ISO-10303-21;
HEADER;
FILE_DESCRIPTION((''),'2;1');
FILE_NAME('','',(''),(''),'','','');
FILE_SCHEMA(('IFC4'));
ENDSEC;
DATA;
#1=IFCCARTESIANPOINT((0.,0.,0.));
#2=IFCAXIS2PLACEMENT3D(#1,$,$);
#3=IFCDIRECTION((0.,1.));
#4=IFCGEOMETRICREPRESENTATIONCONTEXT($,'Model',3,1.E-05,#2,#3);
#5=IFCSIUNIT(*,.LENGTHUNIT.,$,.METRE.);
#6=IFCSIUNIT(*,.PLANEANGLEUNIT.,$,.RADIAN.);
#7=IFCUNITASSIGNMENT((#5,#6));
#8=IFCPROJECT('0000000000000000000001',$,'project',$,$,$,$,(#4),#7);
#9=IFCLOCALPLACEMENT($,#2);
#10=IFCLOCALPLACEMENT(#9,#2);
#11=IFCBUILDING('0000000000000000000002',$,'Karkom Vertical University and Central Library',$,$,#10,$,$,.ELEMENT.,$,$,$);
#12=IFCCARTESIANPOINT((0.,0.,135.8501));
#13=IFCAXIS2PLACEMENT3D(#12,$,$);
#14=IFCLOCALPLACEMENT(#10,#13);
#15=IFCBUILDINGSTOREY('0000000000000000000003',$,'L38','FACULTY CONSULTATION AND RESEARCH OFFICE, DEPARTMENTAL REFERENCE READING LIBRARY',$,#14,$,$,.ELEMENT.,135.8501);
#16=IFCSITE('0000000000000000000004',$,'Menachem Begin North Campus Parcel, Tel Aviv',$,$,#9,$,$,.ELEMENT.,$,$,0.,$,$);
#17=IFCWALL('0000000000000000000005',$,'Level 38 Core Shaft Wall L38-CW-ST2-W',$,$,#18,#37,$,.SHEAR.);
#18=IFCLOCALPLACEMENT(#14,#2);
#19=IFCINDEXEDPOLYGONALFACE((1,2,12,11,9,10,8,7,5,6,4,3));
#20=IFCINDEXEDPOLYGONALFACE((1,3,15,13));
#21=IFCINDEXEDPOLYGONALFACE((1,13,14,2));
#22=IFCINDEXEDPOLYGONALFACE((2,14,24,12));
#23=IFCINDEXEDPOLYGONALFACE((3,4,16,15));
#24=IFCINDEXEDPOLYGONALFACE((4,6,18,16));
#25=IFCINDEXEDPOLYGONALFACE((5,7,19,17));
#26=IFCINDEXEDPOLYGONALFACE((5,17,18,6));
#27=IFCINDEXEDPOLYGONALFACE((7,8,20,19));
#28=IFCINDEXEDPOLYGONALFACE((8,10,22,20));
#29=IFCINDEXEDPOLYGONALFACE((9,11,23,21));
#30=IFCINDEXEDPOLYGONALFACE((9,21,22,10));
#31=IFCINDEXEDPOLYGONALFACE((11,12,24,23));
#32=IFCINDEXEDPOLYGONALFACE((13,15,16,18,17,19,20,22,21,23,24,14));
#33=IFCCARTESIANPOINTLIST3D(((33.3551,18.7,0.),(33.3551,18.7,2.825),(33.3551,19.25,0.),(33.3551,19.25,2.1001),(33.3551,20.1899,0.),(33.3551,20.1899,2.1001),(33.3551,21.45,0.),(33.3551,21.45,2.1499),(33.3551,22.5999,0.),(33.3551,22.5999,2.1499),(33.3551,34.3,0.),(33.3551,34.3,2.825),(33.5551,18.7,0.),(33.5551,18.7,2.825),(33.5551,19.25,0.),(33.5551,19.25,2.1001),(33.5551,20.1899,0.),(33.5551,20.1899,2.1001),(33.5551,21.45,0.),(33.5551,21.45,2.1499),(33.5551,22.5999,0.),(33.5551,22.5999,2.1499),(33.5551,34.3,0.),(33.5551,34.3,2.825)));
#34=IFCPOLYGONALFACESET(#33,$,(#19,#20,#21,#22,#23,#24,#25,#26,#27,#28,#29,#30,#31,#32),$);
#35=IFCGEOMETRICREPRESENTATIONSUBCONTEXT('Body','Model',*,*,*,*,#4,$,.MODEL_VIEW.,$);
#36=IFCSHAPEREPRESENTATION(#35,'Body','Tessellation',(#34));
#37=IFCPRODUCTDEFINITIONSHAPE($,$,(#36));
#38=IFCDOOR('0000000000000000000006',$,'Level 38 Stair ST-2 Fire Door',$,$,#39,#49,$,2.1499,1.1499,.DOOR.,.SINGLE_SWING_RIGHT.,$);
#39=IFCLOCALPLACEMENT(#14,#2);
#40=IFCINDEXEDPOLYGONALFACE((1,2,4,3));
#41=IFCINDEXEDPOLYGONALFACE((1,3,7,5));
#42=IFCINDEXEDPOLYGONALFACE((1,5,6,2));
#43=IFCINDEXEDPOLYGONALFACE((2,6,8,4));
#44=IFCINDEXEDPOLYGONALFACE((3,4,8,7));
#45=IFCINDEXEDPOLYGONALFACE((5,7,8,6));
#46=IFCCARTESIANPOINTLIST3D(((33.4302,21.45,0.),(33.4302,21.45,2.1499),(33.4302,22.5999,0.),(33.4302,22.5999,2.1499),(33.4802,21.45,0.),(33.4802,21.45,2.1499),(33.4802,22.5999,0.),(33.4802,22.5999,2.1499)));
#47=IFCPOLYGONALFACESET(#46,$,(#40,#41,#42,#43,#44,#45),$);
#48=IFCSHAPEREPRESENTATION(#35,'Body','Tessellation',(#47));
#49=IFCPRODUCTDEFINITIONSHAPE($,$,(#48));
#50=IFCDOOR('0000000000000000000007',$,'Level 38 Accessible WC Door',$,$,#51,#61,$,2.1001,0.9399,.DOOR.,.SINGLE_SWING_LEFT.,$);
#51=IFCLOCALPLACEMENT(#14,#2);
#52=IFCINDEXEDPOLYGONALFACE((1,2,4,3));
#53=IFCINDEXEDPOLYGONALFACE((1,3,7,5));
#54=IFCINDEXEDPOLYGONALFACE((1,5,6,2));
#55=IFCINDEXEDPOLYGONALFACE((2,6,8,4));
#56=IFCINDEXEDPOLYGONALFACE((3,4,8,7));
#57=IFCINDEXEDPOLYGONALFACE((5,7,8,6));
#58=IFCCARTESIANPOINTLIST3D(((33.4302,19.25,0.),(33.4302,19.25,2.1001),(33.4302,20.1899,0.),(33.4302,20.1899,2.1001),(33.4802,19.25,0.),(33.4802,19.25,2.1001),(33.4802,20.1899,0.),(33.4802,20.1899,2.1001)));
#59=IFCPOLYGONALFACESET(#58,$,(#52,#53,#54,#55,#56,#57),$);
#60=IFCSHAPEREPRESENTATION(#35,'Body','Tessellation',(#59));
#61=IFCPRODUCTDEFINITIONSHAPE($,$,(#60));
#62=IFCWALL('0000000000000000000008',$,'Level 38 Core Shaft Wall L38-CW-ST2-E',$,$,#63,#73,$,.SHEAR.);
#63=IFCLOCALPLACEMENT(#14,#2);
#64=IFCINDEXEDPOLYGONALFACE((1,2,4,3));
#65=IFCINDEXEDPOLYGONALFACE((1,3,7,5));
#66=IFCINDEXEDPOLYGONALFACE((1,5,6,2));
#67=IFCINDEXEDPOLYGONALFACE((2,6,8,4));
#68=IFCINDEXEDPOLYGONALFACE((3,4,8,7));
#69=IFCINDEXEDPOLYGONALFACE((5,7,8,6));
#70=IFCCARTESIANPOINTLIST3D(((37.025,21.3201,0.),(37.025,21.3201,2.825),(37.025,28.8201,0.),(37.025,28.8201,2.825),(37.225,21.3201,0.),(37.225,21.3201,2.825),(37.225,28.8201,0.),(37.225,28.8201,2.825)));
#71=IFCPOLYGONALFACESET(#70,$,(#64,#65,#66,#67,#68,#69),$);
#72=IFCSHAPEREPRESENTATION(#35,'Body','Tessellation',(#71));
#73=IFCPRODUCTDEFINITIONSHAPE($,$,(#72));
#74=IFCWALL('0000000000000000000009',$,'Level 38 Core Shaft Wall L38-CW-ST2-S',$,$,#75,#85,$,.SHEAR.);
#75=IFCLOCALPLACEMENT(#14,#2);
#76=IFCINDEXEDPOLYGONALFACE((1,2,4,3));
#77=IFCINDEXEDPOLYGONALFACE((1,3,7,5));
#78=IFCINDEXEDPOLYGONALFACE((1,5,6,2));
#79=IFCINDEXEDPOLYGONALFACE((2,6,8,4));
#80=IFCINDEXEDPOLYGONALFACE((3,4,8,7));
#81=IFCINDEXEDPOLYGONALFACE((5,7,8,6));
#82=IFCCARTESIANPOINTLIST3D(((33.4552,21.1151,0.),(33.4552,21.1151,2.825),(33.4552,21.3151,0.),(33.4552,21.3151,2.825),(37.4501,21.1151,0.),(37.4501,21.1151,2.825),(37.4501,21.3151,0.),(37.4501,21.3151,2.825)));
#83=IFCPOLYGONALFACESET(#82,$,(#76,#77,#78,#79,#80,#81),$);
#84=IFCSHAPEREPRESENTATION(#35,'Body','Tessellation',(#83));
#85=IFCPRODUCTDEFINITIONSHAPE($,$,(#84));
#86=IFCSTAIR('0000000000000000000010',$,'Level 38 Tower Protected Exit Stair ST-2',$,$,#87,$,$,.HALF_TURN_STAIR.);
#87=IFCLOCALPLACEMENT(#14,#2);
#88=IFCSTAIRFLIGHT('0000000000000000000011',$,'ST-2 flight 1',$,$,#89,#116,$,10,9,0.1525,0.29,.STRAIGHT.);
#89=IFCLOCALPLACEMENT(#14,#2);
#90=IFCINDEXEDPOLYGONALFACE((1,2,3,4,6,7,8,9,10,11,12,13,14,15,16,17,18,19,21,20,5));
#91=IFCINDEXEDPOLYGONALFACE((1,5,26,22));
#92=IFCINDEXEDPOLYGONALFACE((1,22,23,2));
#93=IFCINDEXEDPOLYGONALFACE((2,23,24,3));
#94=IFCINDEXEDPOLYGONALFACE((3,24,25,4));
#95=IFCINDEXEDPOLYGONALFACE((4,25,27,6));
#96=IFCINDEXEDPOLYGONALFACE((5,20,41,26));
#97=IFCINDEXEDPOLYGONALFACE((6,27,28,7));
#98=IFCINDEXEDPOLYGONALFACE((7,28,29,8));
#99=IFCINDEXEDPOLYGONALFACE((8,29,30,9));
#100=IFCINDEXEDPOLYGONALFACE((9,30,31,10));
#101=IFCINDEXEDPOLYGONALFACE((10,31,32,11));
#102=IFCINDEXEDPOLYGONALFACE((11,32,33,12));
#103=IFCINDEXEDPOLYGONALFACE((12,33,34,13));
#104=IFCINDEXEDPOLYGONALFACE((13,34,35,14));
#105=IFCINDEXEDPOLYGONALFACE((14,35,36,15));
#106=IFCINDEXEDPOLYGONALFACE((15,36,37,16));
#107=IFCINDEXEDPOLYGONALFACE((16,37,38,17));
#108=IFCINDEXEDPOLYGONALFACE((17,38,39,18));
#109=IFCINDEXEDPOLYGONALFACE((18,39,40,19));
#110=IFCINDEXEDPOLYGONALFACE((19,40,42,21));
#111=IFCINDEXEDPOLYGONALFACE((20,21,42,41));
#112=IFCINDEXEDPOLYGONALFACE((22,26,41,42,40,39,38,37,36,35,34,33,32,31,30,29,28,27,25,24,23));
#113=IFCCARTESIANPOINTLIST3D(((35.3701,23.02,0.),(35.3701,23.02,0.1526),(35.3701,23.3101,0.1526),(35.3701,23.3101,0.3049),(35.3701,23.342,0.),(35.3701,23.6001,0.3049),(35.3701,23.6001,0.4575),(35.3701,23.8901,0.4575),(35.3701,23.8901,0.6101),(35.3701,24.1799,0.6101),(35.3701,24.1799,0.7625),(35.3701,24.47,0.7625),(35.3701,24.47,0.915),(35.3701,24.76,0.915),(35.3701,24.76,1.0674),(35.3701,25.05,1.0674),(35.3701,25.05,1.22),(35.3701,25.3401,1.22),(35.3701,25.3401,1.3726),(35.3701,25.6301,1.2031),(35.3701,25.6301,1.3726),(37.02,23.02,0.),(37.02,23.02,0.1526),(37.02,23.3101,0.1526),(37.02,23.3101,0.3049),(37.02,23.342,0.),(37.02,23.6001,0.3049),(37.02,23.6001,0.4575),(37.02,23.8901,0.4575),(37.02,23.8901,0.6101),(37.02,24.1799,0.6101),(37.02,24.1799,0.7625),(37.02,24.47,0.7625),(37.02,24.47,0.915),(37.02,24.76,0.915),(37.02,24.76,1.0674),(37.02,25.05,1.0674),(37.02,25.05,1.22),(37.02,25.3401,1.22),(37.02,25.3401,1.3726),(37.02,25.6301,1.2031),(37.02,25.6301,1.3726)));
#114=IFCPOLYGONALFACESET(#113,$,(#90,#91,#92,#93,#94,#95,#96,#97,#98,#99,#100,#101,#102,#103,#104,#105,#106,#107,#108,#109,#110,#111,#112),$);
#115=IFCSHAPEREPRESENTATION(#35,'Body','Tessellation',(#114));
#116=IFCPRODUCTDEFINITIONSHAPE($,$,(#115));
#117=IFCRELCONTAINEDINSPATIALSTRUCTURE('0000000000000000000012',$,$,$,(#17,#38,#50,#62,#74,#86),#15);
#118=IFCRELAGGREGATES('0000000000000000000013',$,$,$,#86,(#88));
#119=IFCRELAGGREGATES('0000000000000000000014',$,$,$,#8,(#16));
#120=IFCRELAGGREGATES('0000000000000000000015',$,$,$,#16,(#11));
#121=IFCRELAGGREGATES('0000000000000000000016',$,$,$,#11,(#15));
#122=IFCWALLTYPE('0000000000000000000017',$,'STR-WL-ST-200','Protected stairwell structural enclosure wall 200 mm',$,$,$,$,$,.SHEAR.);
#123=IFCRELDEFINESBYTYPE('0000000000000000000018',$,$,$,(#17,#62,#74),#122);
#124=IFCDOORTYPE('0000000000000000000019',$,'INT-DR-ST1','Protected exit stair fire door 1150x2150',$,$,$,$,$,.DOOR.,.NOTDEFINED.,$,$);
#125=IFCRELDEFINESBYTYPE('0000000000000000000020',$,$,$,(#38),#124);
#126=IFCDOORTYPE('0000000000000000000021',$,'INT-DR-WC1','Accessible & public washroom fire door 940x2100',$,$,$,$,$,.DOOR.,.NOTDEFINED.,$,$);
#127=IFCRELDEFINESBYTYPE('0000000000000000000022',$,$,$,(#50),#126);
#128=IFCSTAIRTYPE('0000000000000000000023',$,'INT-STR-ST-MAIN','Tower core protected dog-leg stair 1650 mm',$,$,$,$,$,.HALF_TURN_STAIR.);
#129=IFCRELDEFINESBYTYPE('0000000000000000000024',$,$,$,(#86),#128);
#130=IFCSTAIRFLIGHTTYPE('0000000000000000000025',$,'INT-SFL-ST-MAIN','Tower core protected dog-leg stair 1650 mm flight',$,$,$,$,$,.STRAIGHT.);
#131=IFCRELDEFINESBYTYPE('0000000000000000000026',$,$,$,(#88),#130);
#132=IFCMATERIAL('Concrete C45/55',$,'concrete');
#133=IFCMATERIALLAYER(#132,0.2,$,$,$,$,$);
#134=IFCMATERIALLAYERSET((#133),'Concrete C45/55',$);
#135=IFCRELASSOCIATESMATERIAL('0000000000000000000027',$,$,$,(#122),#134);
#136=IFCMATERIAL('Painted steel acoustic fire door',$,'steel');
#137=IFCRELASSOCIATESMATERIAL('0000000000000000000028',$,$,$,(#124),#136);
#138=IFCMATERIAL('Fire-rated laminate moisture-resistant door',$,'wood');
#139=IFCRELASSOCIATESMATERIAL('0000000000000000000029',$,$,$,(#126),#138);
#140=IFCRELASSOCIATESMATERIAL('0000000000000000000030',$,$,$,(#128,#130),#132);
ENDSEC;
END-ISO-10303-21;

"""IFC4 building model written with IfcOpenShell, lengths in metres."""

from ifc_helpers import new_model, si_unit, direction, frame, frame_2d, origin, origin_with_axes, place, context, subcontext, project, spatial, polyline, rectangle, outline, extrude, source, transform, mapped, material, layer, layer_set, type_object, element, fill, aggregate, save


model = new_model("IFC4")

# Units and contexts
model_context = context("Model", 3, precision=1e-05, world=origin(), true_north=direction((0.0, 1.0)))
body_context = subcontext(model_context, "Body", "Model", "MODEL_VIEW")
ifc_project = project(units=[si_unit("LENGTHUNIT", "METRE"), si_unit("PLANEANGLEUNIT", "RADIAN")], contexts=[model_context])

# Site, building, storey
site_placement = place(None, origin())
site = spatial("IfcSite", under=ifc_project, at=site_placement, Name="Menachem Begin North Campus Parcel, Tel Aviv", CompositionType="ELEMENT", RefElevation=0.0)
building_placement = place(site_placement, origin())
building = spatial("IfcBuilding", under=site, at=building_placement, Name="Karkom Vertical University and Central Library", CompositionType="ELEMENT")
storey_placement = place(building_placement, frame((0.0, 0.0, 135.8501)))
storey = spatial("IfcBuildingStorey", under=building, at=storey_placement, Name="L38", Description="FACULTY CONSULTATION AND RESEARCH OFFICE, DEPARTMENTAL REFERENCE READING LIBRARY", CompositionType="ELEMENT", Elevation=135.8501)

# Wall, openings, doors
ifc_material_1 = material(Name="Concrete C45/55", Category="concrete")
ifc_layer_1 = layer(ifc_material_1, 0.2)
ifc_layer_set_1 = layer_set([ifc_layer_1], Name="Concrete C45/55")
wall_type_1 = type_object("IfcWallType", Name="STR-WL-ST-200", Description="Protected stairwell structural enclosure wall 200 mm", PredefinedType="SHEAR", material=ifc_layer_set_1)
wall_1_placement = place(storey_placement, frame((33.4551, 18.7, 0.0), z_axis=(0.0, 0.0, 1.0), x_axis=(0.0, 1.0, 0.0)))
wall_1 = element("IfcWall", 1, at=wall_1_placement, inside=storey, type_object=wall_type_1, Name="Level 38 Core Shaft Wall L38-CW-ST2-W", PredefinedType="SHEAR", context=body_context, shape_type="SweptSolid", body=[
    extrude(rectangle(XDim=15.6001, YDim=0.2, at=frame_2d((7.8, 0.0))), origin(), (0.0, 0.0, 1.0), 2.825),
])
opening_1_placement = place(wall_1_placement, frame((2.75, 0.0, 0.0)))
opening_1 = element("IfcOpeningElement", 2, at=opening_1_placement, cuts=wall_1, PredefinedType="OPENING", context=body_context, shape_type="SweptSolid", body=[
    extrude(rectangle(XDim=1.1499, YDim=2.1499, at=frame_2d((0.575, 1.075))), frame((0.0, 0.1099, 0.0), z_axis=(0.0, -1.0, 0.0), x_axis=(1.0, 0.0, 0.0)), (0.0, 0.0, 1.0), 0.22),
])
opening_2_placement = place(wall_1_placement, frame((0.55, 0.0, 0.0)))
opening_2 = element("IfcOpeningElement", 3, at=opening_2_placement, cuts=wall_1, PredefinedType="OPENING", context=body_context, shape_type="SweptSolid", body=[
    extrude(rectangle(XDim=0.9399, YDim=2.1001, at=frame_2d((0.47, 1.05))), frame((0.0, 0.1099, 0.0), z_axis=(0.0, -1.0, 0.0), x_axis=(1.0, 0.0, 0.0)), (0.0, 0.0, 1.0), 0.22),
])
ifc_material_2 = material(Name="Painted steel acoustic fire door", Category="steel")
door_type_1 = type_object("IfcDoorType", Name="INT-DR-ST1", Description="Protected exit stair fire door 1150x2150", OperationType="NOTDEFINED", PredefinedType="DOOR", material=ifc_material_2)
shared_shape_1 = source(origin_with_axes(), body_context, "Body", "SweptSolid", [
    extrude(rectangle(XDim=1.1499, YDim=2.1499, at=frame_2d((0.575, 1.075))), frame((0.0, 0.0249, 0.0), z_axis=(0.0, -1.0, 0.0), x_axis=(1.0, 0.0, 0.0)), (0.0, 0.0, 1.0), 0.05),
])
door_1_placement = place(opening_1_placement, origin())
door_1 = element("IfcDoor", 4, at=door_1_placement, inside=storey, type_object=door_type_1, Name="Level 38 Stair ST-2 Fire Door", OperationType="SINGLE_SWING_RIGHT", OverallHeight=2.1499, OverallWidth=1.1499, PredefinedType="DOOR", context=body_context, shape_type="MappedRepresentation", body=[
    mapped(shared_shape_1, transform((0.0, 0.0, 0.0), scale=1.0)),
])
fill(opening_1, door_1)
ifc_material_3 = material(Name="Fire-rated laminate moisture-resistant door", Category="wood")
door_type_2 = type_object("IfcDoorType", Name="INT-DR-WC1", Description="Accessible & public washroom fire door 940x2100", OperationType="NOTDEFINED", PredefinedType="DOOR", material=ifc_material_3)
shared_shape_2 = source(origin_with_axes(), body_context, "Body", "SweptSolid", [
    extrude(rectangle(XDim=0.9399, YDim=2.1001, at=frame_2d((0.47, 1.05))), frame((0.0, 0.0249, 0.0), z_axis=(0.0, -1.0, 0.0), x_axis=(1.0, 0.0, 0.0)), (0.0, 0.0, 1.0), 0.05),
])
door_2_placement = place(opening_2_placement, origin())
door_2 = element("IfcDoor", 5, at=door_2_placement, inside=storey, type_object=door_type_2, Name="Level 38 Accessible WC Door", OperationType="SINGLE_SWING_LEFT", OverallHeight=2.1001, OverallWidth=0.9399, PredefinedType="DOOR", context=body_context, shape_type="MappedRepresentation", body=[
    mapped(shared_shape_2, transform((0.0, 0.0, 0.0), scale=1.0)),
])
fill(opening_2, door_2)

# Walls
wall_2_placement = place(storey_placement, frame((37.125, 21.3201, 0.0), z_axis=(0.0, 0.0, 1.0), x_axis=(0.0, 1.0, 0.0)))
element("IfcWall", 6, at=wall_2_placement, inside=storey, type_object=wall_type_1, Name="Level 38 Core Shaft Wall L38-CW-ST2-E", PredefinedType="SHEAR", context=body_context, shape_type="SweptSolid", body=[
    extrude(rectangle(XDim=7.5, YDim=0.2, at=frame_2d((3.75, 0.0))), origin(), (0.0, 0.0, 1.0), 2.825),
])
wall_3_placement = place(storey_placement, frame((33.4551, 21.2151, 0.0), z_axis=(0.0, 0.0, 1.0), x_axis=(1.0, 0.0, 0.0)))
element("IfcWall", 7, at=wall_3_placement, inside=storey, type_object=wall_type_1, Name="Level 38 Core Shaft Wall L38-CW-ST2-S", PredefinedType="SHEAR", context=body_context, shape_type="SweptSolid", body=[
    extrude(rectangle(XDim=3.9949, YDim=0.2, at=frame_2d((1.9976, 0.0))), origin(), (0.0, 0.0, 1.0), 2.825),
])

# Stair, stair flight
stair_type = type_object("IfcStairType", Name="INT-STR-ST-MAIN", Description="Tower core protected dog-leg stair 1650 mm", PredefinedType="HALF_TURN_STAIR", material=ifc_material_1)
stair_placement = place(storey_placement, origin())
stair = element("IfcStair", 8, at=stair_placement, inside=storey, type_object=stair_type, Name="Level 38 Tower Protected Exit Stair ST-2", PredefinedType="HALF_TURN_STAIR")
stair_flight_type = type_object("IfcStairFlightType", Name="INT-SFL-ST-MAIN", Description="Tower core protected dog-leg stair 1650 mm flight", PredefinedType="STRAIGHT", material=ifc_material_1)
stair_flight_placement = place(storey_placement, frame((36.1951, 23.02, 0.0), z_axis=(0.0, 0.0, 1.0), x_axis=(0.0, 1.0, 0.0)))
stair_flight = element("IfcStairFlight", 9, at=stair_flight_placement, type_object=stair_flight_type, Name="ST-2 flight 1", NumberOfRisers=10, NumberOfTreads=9, PredefinedType="STRAIGHT", RiserHeight=0.1525, TreadLength=0.29, context=body_context, shape_type="SweptSolid", body=[
    extrude(outline(polyline([(0.0, 0.0), (0.0, 0.1526), (0.29, 0.1526), (0.29, 0.3049), (0.5801, 0.3049), (0.5801, 0.4575), (0.8701, 0.4575), (0.8701, 0.6101), (1.1599, 0.6101), (1.1599, 0.7625), (1.45, 0.7625), (1.45, 0.915), (1.74, 0.915), (1.74, 1.0674), (2.03, 1.0674), (2.03, 1.22), (2.3201, 1.22), (2.3201, 1.3726), (2.6101, 1.3726), (2.6101, 1.5249), (2.6101, 1.2031), (0.322, 0.0), (0.0, 0.0)])), frame((0.0, 0.825, 0.0), z_axis=(0.0, -1.0, 0.0), x_axis=(1.0, 0.0, 0.0)), (0.0, 0.0, 1.0), 1.6499),
])
aggregate(stair, [stair_flight])

save(model, "model.ifc")
